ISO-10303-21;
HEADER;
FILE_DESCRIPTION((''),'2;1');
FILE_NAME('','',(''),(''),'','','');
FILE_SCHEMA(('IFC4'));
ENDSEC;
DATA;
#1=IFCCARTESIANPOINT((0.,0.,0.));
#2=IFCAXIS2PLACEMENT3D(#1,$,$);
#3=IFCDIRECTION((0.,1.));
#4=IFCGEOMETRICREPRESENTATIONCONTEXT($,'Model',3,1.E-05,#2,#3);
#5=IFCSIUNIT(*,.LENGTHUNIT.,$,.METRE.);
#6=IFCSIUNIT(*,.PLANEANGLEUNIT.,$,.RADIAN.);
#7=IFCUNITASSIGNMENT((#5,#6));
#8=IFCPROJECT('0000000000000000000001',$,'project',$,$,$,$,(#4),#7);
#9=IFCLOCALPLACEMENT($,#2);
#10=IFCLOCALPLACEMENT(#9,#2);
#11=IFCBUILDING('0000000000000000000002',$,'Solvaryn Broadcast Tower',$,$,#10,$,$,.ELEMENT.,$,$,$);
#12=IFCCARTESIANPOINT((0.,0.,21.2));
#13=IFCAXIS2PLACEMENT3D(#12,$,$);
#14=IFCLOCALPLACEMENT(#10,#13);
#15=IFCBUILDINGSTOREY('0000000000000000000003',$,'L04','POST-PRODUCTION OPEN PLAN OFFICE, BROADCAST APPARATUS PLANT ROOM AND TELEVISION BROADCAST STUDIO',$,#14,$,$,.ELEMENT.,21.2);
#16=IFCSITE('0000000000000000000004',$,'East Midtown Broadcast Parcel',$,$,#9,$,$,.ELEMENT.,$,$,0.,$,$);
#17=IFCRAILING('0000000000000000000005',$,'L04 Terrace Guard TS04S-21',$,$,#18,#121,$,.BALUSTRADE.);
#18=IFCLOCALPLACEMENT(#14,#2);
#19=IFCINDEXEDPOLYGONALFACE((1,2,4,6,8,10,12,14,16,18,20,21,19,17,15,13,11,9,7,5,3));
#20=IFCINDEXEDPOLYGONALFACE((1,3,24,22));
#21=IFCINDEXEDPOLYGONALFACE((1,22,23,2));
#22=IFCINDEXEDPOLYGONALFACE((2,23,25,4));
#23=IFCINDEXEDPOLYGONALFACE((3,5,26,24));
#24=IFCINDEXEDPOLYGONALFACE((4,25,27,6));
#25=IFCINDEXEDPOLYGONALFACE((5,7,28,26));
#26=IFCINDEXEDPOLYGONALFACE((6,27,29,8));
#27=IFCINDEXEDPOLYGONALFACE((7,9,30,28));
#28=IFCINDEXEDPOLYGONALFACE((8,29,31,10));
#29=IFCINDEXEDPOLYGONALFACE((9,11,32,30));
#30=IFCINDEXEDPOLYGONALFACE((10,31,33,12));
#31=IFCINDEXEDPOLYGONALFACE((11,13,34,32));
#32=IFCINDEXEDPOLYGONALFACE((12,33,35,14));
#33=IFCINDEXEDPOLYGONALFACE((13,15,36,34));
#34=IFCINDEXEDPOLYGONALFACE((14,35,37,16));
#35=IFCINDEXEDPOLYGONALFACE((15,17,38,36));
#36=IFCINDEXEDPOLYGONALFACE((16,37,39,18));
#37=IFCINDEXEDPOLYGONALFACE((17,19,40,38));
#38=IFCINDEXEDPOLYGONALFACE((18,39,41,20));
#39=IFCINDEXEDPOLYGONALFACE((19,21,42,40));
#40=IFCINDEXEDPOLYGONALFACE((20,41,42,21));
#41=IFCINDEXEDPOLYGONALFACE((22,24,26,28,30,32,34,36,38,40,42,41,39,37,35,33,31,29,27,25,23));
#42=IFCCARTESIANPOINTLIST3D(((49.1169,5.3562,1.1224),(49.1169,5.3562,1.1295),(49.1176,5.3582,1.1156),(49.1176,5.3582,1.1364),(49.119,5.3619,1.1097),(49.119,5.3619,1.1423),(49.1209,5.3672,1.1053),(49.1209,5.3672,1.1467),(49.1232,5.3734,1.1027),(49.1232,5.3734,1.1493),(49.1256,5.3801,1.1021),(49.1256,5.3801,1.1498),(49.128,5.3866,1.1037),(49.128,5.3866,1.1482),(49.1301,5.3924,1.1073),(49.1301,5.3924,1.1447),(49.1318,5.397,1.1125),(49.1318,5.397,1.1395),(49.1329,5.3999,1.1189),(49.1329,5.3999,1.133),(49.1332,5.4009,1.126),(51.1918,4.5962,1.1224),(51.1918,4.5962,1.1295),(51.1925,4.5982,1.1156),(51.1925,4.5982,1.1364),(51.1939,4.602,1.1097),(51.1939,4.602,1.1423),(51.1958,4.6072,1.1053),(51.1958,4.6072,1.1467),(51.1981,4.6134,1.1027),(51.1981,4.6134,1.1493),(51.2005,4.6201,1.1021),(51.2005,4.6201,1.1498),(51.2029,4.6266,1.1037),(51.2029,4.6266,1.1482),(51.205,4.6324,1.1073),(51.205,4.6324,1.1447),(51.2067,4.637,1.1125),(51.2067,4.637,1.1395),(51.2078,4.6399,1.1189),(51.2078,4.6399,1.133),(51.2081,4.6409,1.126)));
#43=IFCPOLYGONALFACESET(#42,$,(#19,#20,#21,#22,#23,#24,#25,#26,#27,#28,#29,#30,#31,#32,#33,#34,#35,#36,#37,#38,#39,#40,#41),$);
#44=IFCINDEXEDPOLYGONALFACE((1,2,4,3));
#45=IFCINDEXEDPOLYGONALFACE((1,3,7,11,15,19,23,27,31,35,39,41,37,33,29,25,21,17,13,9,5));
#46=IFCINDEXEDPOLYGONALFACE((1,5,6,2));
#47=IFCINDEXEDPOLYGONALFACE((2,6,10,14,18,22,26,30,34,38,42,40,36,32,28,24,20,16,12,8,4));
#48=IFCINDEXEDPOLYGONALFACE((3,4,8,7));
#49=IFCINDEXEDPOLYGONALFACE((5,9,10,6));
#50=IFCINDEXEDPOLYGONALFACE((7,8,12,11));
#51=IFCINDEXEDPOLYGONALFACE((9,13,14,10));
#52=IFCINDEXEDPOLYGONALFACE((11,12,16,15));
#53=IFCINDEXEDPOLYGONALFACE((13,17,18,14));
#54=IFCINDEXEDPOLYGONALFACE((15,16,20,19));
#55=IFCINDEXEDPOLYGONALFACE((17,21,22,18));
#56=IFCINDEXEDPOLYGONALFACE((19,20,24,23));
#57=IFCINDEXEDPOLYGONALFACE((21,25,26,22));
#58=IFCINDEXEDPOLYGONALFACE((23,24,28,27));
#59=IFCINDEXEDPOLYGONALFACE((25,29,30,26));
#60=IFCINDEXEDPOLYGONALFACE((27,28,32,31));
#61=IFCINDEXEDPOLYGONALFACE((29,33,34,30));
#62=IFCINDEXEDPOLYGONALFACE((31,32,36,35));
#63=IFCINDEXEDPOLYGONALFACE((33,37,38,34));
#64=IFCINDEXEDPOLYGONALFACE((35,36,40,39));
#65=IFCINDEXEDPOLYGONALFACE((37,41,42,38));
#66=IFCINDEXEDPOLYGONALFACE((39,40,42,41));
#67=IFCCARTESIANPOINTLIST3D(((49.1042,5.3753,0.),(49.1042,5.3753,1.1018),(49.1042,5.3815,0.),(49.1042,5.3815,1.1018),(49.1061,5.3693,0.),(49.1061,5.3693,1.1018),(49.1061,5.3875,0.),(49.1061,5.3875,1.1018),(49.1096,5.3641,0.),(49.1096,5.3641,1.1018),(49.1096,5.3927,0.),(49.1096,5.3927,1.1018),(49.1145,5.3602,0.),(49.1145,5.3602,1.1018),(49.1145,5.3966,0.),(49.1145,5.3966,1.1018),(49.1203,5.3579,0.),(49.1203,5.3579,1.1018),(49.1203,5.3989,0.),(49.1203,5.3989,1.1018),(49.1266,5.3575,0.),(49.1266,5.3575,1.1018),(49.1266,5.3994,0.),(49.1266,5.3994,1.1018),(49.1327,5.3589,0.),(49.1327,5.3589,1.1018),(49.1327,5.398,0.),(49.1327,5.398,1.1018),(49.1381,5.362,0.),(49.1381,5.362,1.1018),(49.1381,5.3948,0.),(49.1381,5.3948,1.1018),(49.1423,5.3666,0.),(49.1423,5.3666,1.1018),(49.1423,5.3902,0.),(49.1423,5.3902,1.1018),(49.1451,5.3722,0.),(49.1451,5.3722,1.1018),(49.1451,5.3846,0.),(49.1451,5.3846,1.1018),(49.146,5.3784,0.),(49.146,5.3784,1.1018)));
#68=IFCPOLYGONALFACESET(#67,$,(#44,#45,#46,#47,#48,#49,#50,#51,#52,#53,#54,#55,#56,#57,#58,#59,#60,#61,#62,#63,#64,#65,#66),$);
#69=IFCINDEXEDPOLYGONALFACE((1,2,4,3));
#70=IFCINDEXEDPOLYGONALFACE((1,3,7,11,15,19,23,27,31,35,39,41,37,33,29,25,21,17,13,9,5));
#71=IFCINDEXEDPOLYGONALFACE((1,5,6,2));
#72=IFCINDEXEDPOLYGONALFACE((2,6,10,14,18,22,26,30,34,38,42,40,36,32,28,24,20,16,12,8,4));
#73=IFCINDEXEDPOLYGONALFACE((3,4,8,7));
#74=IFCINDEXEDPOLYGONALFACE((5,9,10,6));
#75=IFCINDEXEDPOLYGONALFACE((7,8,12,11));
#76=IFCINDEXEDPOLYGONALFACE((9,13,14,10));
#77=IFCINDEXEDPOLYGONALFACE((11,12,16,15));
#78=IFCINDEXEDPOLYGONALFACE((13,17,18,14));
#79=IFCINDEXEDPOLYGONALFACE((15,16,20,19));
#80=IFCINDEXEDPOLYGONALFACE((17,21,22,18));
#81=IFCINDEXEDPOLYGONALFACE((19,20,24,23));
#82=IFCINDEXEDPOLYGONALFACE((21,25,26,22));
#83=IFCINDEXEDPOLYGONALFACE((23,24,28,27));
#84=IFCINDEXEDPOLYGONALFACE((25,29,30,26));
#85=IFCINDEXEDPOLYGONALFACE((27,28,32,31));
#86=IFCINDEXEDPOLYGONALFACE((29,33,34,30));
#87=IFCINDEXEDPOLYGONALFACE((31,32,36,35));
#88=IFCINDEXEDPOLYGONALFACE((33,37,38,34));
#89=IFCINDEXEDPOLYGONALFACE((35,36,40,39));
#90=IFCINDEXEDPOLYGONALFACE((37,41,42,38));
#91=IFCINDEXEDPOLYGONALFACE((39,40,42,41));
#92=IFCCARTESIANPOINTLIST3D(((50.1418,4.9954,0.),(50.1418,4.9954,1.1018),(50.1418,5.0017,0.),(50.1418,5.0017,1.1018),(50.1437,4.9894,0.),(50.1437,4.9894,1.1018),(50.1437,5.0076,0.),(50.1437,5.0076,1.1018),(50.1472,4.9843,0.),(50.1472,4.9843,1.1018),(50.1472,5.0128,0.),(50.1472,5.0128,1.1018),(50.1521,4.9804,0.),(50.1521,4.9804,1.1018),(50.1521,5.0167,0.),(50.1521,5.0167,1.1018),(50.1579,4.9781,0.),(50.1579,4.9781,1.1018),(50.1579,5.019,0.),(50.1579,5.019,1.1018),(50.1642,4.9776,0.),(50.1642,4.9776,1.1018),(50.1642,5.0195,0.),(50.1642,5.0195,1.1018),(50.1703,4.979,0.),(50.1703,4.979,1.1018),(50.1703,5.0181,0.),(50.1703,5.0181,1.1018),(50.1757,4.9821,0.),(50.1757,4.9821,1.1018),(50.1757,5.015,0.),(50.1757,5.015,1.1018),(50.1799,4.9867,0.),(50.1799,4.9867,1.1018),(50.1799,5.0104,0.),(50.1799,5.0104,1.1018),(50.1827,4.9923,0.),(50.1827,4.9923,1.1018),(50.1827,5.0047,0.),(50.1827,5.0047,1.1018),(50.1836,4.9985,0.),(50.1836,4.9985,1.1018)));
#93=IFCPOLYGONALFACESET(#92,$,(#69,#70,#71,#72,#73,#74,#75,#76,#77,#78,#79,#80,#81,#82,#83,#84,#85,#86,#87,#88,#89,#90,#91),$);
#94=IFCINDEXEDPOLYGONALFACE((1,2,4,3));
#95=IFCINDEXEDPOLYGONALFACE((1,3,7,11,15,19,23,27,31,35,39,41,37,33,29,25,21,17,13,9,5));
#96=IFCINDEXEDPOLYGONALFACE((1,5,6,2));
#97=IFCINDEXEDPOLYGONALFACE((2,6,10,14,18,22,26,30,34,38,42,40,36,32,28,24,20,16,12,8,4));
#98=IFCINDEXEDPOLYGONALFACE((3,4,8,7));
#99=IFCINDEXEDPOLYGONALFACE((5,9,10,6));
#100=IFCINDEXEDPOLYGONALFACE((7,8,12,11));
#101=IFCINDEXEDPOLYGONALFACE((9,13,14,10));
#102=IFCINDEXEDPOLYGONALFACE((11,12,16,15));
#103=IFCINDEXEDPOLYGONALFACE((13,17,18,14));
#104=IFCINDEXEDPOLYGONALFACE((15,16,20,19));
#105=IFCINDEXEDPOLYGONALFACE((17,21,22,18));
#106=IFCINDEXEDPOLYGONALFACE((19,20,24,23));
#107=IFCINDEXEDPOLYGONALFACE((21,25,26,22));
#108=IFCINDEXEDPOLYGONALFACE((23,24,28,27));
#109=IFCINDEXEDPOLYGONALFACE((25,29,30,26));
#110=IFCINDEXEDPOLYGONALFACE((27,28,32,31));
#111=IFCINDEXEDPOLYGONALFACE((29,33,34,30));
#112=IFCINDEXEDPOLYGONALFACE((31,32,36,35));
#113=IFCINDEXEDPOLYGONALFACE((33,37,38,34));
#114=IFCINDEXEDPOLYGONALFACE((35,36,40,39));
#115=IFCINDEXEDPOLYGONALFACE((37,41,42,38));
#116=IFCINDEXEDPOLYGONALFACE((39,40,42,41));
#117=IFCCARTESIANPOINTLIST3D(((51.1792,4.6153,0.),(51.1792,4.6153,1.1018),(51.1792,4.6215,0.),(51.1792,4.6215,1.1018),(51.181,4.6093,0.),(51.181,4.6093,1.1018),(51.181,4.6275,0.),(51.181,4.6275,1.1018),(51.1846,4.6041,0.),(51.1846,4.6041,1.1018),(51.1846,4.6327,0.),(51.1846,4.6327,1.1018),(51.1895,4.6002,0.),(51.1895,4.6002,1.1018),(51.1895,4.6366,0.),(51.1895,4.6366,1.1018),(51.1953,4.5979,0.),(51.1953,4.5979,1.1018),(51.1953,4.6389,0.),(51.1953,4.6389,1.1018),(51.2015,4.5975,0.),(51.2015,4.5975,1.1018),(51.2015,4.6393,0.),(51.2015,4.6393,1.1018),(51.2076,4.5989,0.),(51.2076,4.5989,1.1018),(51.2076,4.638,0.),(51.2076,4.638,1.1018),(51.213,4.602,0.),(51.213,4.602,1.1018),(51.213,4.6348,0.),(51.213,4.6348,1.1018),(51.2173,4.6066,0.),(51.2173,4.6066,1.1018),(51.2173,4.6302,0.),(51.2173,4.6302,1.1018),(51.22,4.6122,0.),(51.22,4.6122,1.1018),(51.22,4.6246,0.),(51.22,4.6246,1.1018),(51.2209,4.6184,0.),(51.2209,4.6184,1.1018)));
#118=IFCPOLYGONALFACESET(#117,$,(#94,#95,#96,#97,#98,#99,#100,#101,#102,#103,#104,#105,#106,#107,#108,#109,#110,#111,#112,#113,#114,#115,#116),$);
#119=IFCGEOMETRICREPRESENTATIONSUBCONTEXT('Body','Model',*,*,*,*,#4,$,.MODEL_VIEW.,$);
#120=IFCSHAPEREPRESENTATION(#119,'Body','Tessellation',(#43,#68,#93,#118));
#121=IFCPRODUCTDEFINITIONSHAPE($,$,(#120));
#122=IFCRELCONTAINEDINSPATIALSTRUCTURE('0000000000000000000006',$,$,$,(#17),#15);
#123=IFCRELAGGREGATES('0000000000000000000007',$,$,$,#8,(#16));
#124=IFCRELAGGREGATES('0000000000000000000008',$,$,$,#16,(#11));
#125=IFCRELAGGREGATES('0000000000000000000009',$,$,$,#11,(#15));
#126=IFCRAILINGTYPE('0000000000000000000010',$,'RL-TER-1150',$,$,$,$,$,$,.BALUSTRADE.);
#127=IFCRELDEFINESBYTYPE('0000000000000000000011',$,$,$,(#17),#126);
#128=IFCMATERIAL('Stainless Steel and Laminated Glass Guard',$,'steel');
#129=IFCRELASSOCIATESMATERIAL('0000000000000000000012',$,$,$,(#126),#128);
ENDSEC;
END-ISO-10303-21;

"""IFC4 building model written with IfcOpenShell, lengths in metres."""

from ifc_helpers import new_model, si_unit, direction, frame, origin, origin_2d, place, context, subcontext, project, spatial, circle, extrude, material, type_object, element, save


model = new_model("IFC4")

# Units and contexts
model_context = context("Model", 3, precision=1e-05, world=origin(), true_north=direction((0.0, 1.0)))
body_context = subcontext(model_context, "Body", "Model", "MODEL_VIEW")
ifc_project = project(units=[si_unit("LENGTHUNIT", "METRE"), si_unit("PLANEANGLEUNIT", "RADIAN")], contexts=[model_context])

# Site, building, storey
site_placement = place(None, origin())
site = spatial("IfcSite", under=ifc_project, at=site_placement, Name="East Midtown Broadcast Parcel", CompositionType="ELEMENT", RefElevation=0.0)
building_placement = place(site_placement, origin())
building = spatial("IfcBuilding", under=site, at=building_placement, Name="Solvaryn Broadcast Tower", CompositionType="ELEMENT")
storey_placement = place(building_placement, frame((0.0, 0.0, 21.2)))
storey = spatial("IfcBuildingStorey", under=building, at=storey_placement, Name="L04", Description="POST-PRODUCTION OPEN PLAN OFFICE, BROADCAST APPARATUS PLANT ROOM AND TELEVISION BROADCAST STUDIO", CompositionType="ELEMENT", Elevation=21.2)

# Railing
ifc_material_1 = material(Name="Stainless Steel and Laminated Glass Guard", Category="steel")
railing_type = type_object("IfcRailingType", Name="RL-TER-1150", PredefinedType="BALUSTRADE", material=ifc_material_1)
railing_1_placement = place(storey_placement, frame((49.125, 5.3784, 0.0)))
element("IfcRailing", 1, at=railing_1_placement, inside=storey, type_object=railing_type, Name="L04 Terrace Guard TS04S-21", PredefinedType="BALUSTRADE", context=body_context, shape_type="SweptSolid", body=[
    extrude(circle(Radius=0.0239, at=origin_2d()), frame((0.0, 0.0, 1.126), z_axis=(0.938994, -0.343933, 0.0), x_axis=(0.343933, 0.938994, 0.0)), (0.0, 0.0, 1.0), 2.2097),
    extrude(circle(Radius=0.021, at=origin_2d()), origin(), (0.0, 0.0, 1.0), 1.1018),
    extrude(circle(Radius=0.021, at=origin_2d()), frame((1.0376, -0.3799, 0.0)), (0.0, 0.0, 1.0), 1.1018),
    extrude(circle(Radius=0.021, at=origin_2d()), frame((2.075, -0.76, 0.0)), (0.0, 0.0, 1.0), 1.1018),
])

save(model, "model.ifc")
